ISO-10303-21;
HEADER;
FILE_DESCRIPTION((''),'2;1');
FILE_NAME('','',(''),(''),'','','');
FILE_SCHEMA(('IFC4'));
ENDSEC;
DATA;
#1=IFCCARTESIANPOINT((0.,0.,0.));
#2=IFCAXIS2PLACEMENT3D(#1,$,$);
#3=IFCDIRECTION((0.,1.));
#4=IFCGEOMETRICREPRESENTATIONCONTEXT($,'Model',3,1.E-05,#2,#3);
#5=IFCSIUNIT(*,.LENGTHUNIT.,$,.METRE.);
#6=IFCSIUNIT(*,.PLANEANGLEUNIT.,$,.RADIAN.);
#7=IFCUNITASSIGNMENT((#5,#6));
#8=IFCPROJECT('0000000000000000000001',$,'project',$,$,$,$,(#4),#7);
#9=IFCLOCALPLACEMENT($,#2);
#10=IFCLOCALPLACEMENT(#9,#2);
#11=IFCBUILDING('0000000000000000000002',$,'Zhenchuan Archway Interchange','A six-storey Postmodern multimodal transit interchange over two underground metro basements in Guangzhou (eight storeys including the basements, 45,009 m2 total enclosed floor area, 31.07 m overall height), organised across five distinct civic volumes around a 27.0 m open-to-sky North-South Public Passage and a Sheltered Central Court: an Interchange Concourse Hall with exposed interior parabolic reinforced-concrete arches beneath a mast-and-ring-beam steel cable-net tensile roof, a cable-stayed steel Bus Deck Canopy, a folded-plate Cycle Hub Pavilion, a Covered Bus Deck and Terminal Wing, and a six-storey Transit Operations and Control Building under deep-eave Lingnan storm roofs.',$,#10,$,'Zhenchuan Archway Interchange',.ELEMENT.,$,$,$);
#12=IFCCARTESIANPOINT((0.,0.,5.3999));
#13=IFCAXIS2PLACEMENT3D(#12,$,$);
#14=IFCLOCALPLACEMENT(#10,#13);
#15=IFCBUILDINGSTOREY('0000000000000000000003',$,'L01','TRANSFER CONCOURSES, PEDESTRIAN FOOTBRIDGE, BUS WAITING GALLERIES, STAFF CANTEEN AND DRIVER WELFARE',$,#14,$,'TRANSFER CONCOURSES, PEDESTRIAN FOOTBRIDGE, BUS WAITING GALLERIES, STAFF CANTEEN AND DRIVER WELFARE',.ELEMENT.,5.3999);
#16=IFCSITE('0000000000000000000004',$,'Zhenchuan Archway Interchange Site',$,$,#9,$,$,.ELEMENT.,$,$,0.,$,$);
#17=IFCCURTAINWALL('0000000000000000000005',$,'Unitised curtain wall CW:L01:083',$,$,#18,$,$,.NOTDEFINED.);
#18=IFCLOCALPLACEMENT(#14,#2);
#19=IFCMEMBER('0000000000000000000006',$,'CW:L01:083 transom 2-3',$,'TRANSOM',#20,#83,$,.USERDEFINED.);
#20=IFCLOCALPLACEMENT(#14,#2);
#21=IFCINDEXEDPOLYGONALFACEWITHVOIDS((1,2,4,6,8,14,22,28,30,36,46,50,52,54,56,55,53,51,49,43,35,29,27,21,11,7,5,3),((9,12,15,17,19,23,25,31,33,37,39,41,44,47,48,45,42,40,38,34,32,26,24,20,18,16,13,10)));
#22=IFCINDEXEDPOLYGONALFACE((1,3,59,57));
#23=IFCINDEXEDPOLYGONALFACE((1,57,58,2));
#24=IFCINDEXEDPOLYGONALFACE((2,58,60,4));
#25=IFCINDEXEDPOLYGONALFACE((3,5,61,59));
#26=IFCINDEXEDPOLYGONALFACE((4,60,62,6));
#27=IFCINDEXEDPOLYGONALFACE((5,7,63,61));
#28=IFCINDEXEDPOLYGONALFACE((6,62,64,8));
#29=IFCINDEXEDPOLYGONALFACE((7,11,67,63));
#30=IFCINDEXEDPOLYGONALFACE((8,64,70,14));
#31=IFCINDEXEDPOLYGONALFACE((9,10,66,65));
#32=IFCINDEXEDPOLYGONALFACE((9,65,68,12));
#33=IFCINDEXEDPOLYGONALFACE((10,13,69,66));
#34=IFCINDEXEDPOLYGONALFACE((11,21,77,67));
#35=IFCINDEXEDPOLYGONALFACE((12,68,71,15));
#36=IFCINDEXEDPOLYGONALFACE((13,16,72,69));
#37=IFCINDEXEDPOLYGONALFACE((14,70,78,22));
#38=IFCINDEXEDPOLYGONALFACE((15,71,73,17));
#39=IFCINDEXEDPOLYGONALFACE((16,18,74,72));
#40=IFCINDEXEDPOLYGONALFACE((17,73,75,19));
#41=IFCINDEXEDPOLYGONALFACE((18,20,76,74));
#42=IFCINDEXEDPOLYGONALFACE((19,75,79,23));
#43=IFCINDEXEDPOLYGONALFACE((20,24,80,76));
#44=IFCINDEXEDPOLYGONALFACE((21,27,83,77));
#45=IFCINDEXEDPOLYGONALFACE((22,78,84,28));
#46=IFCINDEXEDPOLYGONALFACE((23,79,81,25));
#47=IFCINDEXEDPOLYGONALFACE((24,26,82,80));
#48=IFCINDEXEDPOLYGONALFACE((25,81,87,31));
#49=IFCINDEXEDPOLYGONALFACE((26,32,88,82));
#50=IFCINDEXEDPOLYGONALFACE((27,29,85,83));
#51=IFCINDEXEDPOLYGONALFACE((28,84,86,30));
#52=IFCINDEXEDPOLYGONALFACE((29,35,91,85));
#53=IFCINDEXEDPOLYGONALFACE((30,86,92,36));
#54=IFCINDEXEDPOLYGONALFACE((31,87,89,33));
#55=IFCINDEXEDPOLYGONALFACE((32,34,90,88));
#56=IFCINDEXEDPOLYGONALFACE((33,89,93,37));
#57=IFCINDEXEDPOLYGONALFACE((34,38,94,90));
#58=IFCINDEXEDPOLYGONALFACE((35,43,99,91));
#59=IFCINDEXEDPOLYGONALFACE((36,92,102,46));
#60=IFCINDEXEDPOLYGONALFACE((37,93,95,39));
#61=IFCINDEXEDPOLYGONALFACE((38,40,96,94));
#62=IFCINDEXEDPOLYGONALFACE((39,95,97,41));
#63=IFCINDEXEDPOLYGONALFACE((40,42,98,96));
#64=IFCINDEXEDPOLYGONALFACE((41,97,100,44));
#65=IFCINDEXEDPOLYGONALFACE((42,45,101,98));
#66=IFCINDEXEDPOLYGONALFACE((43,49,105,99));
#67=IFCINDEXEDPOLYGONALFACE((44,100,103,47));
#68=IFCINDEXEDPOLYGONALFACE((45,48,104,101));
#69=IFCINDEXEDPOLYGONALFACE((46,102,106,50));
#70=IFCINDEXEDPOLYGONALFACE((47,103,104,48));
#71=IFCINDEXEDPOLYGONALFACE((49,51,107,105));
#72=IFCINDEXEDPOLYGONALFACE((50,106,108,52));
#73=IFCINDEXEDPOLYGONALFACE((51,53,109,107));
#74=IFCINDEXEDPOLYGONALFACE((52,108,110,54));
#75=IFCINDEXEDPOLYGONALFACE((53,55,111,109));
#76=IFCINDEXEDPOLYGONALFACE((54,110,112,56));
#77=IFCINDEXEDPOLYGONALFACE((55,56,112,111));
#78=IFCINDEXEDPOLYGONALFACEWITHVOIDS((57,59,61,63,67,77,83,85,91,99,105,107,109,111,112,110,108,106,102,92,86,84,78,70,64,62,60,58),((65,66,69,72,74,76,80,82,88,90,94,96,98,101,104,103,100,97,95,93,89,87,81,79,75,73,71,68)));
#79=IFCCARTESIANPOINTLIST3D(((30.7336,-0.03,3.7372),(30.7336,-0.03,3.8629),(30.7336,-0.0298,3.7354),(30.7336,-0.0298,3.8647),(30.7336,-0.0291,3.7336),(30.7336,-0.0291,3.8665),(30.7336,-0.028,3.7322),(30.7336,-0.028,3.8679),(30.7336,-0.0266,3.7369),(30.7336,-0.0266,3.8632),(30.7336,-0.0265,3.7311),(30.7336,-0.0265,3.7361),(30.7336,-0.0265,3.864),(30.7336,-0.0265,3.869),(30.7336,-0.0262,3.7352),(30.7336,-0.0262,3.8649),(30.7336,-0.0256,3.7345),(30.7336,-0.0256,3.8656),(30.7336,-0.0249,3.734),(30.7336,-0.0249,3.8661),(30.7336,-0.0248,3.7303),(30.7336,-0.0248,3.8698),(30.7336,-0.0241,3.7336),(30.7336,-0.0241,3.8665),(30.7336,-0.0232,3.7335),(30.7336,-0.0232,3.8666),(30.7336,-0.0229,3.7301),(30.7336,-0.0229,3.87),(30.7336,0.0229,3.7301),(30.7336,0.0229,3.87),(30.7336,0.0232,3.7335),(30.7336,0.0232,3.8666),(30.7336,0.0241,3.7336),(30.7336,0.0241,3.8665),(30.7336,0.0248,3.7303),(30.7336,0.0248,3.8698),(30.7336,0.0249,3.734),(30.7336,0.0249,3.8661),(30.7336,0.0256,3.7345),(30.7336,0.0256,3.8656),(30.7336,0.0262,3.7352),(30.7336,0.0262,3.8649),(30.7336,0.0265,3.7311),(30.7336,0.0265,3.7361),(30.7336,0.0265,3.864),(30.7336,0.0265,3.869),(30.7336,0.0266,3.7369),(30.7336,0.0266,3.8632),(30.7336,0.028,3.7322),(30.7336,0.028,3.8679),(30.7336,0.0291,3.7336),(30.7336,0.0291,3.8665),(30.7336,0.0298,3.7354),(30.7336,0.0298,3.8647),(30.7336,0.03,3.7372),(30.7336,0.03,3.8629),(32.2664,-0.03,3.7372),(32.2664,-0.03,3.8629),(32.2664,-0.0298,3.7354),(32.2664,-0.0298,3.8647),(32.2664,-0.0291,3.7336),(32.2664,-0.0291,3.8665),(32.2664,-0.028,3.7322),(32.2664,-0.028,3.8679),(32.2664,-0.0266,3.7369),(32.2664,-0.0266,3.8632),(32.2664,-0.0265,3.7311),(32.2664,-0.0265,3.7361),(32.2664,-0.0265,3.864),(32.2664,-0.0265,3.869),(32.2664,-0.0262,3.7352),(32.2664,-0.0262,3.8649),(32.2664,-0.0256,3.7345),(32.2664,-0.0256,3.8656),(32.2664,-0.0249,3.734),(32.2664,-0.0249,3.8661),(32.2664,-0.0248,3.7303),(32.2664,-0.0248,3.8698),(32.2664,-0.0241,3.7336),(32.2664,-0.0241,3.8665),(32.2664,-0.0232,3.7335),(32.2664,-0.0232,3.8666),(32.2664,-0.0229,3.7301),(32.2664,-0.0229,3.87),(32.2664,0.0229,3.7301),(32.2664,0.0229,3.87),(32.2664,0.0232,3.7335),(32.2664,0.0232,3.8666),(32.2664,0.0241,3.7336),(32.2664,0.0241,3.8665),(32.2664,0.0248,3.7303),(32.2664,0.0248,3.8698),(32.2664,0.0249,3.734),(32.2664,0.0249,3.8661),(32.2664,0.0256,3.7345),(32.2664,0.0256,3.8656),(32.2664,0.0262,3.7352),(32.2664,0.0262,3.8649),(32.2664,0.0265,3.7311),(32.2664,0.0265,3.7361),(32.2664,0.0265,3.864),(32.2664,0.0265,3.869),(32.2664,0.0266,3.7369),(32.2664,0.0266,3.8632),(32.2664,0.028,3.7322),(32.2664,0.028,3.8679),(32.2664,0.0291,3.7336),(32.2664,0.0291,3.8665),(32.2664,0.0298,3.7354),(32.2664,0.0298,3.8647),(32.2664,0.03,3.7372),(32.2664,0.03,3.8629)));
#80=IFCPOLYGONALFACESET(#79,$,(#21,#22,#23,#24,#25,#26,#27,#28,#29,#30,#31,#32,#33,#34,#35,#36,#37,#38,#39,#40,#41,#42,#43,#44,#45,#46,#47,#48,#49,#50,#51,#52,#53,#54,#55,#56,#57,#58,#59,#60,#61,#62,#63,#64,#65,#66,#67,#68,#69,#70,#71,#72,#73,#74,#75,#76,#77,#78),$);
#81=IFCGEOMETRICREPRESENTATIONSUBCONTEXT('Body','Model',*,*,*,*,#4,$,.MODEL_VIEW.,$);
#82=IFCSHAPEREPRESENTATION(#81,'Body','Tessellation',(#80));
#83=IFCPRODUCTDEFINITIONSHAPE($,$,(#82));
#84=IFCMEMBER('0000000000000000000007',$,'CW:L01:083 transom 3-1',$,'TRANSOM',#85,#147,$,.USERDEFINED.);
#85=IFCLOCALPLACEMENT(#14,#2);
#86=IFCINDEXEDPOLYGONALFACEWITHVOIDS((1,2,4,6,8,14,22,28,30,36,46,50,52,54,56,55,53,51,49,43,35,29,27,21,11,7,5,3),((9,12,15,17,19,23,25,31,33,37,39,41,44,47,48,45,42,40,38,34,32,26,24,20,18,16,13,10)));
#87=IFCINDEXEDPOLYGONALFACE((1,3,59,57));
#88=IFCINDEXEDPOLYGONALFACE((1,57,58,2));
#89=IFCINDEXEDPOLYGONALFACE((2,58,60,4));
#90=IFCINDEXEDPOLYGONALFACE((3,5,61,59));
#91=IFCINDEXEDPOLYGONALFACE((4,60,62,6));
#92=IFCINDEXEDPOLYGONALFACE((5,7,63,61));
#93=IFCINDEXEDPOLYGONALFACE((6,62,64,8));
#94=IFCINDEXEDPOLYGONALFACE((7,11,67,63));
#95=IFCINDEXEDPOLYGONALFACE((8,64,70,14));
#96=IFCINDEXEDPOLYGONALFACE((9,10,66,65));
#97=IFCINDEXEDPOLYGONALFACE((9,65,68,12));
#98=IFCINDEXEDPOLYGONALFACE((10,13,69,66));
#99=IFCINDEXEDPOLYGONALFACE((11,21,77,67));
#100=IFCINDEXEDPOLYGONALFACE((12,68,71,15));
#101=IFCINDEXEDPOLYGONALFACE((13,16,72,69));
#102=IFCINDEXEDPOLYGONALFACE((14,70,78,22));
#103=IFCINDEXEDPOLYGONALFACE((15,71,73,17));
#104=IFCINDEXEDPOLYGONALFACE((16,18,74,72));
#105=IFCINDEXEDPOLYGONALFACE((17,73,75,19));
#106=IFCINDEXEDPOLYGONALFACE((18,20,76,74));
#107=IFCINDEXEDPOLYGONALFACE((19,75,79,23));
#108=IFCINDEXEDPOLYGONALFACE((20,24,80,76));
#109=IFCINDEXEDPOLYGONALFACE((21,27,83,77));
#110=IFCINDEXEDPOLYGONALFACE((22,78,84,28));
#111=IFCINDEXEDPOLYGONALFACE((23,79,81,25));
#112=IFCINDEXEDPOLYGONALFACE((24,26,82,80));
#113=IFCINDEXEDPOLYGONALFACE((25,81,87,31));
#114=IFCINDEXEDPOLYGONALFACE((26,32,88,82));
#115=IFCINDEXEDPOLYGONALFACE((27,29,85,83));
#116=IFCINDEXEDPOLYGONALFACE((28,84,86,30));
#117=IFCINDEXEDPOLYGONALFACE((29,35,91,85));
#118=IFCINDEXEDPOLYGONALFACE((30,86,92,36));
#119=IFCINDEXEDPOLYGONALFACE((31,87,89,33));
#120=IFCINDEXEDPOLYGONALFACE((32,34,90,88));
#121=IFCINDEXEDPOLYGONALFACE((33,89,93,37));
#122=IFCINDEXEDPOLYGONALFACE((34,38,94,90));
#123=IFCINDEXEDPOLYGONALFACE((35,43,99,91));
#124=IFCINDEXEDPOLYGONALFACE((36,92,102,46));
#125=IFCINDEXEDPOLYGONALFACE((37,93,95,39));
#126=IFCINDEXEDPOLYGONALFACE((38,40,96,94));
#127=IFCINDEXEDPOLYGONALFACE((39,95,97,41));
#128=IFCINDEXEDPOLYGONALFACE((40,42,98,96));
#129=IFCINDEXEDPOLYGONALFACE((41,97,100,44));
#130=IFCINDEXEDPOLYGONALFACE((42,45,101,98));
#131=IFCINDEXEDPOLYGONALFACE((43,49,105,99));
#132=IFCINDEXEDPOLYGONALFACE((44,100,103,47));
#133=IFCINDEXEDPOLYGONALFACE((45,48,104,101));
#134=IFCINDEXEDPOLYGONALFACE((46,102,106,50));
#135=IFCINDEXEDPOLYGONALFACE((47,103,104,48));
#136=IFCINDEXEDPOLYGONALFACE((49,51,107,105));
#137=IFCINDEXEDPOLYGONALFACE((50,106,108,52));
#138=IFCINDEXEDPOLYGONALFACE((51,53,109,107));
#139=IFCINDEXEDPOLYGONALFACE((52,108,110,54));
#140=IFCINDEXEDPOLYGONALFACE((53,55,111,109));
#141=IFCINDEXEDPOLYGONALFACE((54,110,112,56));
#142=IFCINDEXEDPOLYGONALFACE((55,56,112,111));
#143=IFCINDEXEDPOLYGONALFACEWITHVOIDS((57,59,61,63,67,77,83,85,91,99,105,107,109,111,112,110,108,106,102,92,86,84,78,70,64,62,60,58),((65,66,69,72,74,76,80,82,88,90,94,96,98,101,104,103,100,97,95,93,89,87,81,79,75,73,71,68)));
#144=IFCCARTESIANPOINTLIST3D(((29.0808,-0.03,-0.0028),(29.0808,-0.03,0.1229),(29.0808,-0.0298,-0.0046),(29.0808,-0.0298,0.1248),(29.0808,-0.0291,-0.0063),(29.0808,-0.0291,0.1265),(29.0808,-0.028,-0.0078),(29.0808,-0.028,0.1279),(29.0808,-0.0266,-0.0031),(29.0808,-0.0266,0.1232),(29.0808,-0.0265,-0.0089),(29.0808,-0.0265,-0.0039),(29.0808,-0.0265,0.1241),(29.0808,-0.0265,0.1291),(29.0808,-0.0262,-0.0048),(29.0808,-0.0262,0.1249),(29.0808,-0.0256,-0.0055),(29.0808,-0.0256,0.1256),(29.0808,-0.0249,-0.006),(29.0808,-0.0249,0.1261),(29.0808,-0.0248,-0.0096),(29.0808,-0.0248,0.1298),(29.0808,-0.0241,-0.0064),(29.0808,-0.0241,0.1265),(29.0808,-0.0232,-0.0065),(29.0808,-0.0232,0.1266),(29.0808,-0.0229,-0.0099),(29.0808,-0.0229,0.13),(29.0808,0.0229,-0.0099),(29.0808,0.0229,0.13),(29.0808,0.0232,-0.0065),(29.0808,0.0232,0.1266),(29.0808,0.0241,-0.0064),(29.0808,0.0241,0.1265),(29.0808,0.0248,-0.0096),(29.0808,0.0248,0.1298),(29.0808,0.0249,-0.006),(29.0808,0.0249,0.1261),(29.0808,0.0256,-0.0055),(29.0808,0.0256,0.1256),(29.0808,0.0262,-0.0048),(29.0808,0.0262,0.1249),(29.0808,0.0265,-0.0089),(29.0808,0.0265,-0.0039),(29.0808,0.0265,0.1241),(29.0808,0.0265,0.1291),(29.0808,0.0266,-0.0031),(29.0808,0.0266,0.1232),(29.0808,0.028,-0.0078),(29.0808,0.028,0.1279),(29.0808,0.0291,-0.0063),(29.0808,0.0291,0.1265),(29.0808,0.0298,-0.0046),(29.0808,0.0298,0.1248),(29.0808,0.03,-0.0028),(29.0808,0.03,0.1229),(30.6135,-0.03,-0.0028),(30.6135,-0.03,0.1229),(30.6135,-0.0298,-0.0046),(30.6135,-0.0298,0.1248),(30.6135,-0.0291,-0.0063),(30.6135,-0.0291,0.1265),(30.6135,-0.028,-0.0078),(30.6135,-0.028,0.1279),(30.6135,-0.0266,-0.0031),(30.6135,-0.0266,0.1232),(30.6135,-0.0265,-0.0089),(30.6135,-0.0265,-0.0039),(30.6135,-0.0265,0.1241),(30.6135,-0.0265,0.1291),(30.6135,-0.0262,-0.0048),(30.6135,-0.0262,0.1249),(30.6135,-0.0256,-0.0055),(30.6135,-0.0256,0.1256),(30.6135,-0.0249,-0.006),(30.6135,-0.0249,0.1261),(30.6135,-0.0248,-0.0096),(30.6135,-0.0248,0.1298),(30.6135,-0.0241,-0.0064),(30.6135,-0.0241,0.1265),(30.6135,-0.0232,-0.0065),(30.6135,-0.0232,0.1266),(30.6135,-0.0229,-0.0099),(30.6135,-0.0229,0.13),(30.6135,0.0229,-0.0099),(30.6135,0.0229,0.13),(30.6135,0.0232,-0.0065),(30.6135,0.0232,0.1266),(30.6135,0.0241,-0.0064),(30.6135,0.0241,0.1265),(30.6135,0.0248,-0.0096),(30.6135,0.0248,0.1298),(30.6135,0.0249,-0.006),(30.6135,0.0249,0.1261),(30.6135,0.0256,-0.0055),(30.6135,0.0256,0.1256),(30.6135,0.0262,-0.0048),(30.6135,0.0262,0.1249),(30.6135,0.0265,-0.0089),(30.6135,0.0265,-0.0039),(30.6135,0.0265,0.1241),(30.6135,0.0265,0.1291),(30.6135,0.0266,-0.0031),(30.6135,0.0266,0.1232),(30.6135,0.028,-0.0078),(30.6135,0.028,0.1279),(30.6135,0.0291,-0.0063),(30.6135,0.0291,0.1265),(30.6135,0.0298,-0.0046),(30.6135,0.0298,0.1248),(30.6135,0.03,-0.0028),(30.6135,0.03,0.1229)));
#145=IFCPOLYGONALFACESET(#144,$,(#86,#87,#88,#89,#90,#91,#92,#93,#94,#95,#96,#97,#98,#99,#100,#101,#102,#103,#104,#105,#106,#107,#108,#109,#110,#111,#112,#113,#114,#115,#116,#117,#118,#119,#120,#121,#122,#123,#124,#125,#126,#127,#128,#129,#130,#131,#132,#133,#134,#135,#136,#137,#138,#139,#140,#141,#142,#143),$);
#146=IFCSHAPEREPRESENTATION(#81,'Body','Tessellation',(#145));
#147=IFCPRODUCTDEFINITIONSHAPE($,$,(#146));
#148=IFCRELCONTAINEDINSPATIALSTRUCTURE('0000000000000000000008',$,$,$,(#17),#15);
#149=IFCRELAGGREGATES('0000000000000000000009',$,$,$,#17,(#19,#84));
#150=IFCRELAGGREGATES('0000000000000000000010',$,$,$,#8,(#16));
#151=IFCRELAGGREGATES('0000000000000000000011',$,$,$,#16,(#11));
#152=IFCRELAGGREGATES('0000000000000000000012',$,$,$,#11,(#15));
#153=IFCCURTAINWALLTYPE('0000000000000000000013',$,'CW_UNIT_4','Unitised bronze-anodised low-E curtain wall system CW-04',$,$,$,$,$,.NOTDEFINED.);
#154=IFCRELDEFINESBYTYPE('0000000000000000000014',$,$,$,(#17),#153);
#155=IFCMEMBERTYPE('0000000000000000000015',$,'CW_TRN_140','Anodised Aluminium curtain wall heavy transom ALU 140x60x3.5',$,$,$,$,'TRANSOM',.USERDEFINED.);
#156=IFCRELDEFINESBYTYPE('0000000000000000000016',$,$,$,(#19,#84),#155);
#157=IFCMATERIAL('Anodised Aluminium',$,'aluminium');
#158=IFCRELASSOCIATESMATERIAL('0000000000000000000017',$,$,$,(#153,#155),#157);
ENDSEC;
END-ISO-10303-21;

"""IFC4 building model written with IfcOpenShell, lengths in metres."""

from ifc_helpers import new_model, si_unit, direction, frame, origin, origin_2d, place, context, subcontext, project, spatial, hollow_rectangle, extrude, material, material_profile, profile_set, type_object, element, aggregate, save


model = new_model("IFC4")

# Units and contexts
model_context = context("Model", 3, precision=1e-05, world=origin(), true_north=direction((0.0, 1.0)))
body_context = subcontext(model_context, "Body", "Model", "MODEL_VIEW")
ifc_project = project(units=[si_unit("LENGTHUNIT", "METRE"), si_unit("PLANEANGLEUNIT", "RADIAN")], contexts=[model_context])

# Site, building, storey
site_placement = place(None, origin())
site = spatial("IfcSite", under=ifc_project, at=site_placement, Name="Zhenchuan Archway Interchange Site", CompositionType="ELEMENT", RefElevation=0.0)
building_placement = place(site_placement, origin())
building = spatial("IfcBuilding", under=site, at=building_placement, Name="Zhenchuan Archway Interchange", Description="A six-storey Postmodern multimodal transit interchange over two underground metro basements in Guangzhou (eight storeys including the basements, 45,009 m2 total enclosed floor area, 31.07 m overall height), organised across five distinct civic volumes around a 27.0 m open-to-sky North-South Public Passage and a Sheltered Central Court: an Interchange Concourse Hall with exposed interior parabolic reinforced-concrete arches beneath a mast-and-ring-beam steel cable-net tensile roof, a cable-stayed steel Bus Deck Canopy, a folded-plate Cycle Hub Pavilion, a Covered Bus Deck and Terminal Wing, and a six-storey Transit Operations and Control Building under deep-eave Lingnan storm roofs.", LongName="Zhenchuan Archway Interchange", CompositionType="ELEMENT")
storey_placement = place(building_placement, frame((0.0, 0.0, 5.3999)))
storey = spatial("IfcBuildingStorey", under=building, at=storey_placement, Name="L01", Description="TRANSFER CONCOURSES, PEDESTRIAN FOOTBRIDGE, BUS WAITING GALLERIES, STAFF CANTEEN AND DRIVER WELFARE", LongName="TRANSFER CONCOURSES, PEDESTRIAN FOOTBRIDGE, BUS WAITING GALLERIES, STAFF CANTEEN AND DRIVER WELFARE", CompositionType="ELEMENT", Elevation=5.3999)

# Curtain wall, members
ifc_material_1 = material(Name="Anodised Aluminium", Category="aluminium")
curtain_wall_type = type_object("IfcCurtainWallType", Name="CW_UNIT_4", Description="Unitised bronze-anodised low-E curtain wall system CW-04", PredefinedType="NOTDEFINED", material=ifc_material_1)
curtain_wall_placement = place(storey_placement, origin())
curtain_wall = element("IfcCurtainWall", 1, at=curtain_wall_placement, inside=storey, type_object=curtain_wall_type, Name="Unitised curtain wall CW:L01:083", PredefinedType="NOTDEFINED")
ifc_material_profile_1 = material_profile(ifc_material_1, hollow_rectangle(XDim=0.0601, YDim=0.1399, WallThickness=0.0034, InnerFilletRadius=0.0034, OuterFilletRadius=0.0071, at=origin_2d()), Name="ALU 140x60x3.5")
ifc_profile_set_1 = profile_set([ifc_material_profile_1], Name="Anodised Aluminium")
member_type_1 = type_object("IfcMemberType", Name="CW_TRN_140", Description="Anodised Aluminium curtain wall heavy transom ALU 140x60x3.5", ElementType="TRANSOM", PredefinedType="USERDEFINED", material=ifc_profile_set_1)
member_1_placement = place(storey_placement, frame((32.2664, 0.0, 3.8), z_axis=(-1.0, 0.0, 0.0), x_axis=(0.0, -1.0, 0.0)))
member_1 = element("IfcMember", 2, at=member_1_placement, type_object=member_type_1, Name="CW:L01:083 transom 2-3", ObjectType="TRANSOM", PredefinedType="USERDEFINED", context=body_context, shape_type="SweptSolid", body=[
    extrude(hollow_rectangle(XDim=0.0601, YDim=0.1399, WallThickness=0.0034, InnerFilletRadius=0.0034, OuterFilletRadius=0.0071, at=origin_2d()), origin(), (0.0, 0.0, 1.0), 1.5327),
])
member_2_placement = place(storey_placement, frame((30.6135, 0.0, 0.0601), z_axis=(-1.0, 0.0, 0.0), x_axis=(0.0, -1.0, 0.0)))
member_2 = element("IfcMember", 3, at=member_2_placement, type_object=member_type_1, Name="CW:L01:083 transom 3-1", ObjectType="TRANSOM", PredefinedType="USERDEFINED", context=body_context, shape_type="SweptSolid", body=[
    extrude(hollow_rectangle(XDim=0.0601, YDim=0.1399, WallThickness=0.0034, InnerFilletRadius=0.0034, OuterFilletRadius=0.0071, at=origin_2d()), origin(), (0.0, 0.0, 1.0), 1.5327),
])

aggregate(curtain_wall, [member_1, member_2])

save(model, "model.ifc")
